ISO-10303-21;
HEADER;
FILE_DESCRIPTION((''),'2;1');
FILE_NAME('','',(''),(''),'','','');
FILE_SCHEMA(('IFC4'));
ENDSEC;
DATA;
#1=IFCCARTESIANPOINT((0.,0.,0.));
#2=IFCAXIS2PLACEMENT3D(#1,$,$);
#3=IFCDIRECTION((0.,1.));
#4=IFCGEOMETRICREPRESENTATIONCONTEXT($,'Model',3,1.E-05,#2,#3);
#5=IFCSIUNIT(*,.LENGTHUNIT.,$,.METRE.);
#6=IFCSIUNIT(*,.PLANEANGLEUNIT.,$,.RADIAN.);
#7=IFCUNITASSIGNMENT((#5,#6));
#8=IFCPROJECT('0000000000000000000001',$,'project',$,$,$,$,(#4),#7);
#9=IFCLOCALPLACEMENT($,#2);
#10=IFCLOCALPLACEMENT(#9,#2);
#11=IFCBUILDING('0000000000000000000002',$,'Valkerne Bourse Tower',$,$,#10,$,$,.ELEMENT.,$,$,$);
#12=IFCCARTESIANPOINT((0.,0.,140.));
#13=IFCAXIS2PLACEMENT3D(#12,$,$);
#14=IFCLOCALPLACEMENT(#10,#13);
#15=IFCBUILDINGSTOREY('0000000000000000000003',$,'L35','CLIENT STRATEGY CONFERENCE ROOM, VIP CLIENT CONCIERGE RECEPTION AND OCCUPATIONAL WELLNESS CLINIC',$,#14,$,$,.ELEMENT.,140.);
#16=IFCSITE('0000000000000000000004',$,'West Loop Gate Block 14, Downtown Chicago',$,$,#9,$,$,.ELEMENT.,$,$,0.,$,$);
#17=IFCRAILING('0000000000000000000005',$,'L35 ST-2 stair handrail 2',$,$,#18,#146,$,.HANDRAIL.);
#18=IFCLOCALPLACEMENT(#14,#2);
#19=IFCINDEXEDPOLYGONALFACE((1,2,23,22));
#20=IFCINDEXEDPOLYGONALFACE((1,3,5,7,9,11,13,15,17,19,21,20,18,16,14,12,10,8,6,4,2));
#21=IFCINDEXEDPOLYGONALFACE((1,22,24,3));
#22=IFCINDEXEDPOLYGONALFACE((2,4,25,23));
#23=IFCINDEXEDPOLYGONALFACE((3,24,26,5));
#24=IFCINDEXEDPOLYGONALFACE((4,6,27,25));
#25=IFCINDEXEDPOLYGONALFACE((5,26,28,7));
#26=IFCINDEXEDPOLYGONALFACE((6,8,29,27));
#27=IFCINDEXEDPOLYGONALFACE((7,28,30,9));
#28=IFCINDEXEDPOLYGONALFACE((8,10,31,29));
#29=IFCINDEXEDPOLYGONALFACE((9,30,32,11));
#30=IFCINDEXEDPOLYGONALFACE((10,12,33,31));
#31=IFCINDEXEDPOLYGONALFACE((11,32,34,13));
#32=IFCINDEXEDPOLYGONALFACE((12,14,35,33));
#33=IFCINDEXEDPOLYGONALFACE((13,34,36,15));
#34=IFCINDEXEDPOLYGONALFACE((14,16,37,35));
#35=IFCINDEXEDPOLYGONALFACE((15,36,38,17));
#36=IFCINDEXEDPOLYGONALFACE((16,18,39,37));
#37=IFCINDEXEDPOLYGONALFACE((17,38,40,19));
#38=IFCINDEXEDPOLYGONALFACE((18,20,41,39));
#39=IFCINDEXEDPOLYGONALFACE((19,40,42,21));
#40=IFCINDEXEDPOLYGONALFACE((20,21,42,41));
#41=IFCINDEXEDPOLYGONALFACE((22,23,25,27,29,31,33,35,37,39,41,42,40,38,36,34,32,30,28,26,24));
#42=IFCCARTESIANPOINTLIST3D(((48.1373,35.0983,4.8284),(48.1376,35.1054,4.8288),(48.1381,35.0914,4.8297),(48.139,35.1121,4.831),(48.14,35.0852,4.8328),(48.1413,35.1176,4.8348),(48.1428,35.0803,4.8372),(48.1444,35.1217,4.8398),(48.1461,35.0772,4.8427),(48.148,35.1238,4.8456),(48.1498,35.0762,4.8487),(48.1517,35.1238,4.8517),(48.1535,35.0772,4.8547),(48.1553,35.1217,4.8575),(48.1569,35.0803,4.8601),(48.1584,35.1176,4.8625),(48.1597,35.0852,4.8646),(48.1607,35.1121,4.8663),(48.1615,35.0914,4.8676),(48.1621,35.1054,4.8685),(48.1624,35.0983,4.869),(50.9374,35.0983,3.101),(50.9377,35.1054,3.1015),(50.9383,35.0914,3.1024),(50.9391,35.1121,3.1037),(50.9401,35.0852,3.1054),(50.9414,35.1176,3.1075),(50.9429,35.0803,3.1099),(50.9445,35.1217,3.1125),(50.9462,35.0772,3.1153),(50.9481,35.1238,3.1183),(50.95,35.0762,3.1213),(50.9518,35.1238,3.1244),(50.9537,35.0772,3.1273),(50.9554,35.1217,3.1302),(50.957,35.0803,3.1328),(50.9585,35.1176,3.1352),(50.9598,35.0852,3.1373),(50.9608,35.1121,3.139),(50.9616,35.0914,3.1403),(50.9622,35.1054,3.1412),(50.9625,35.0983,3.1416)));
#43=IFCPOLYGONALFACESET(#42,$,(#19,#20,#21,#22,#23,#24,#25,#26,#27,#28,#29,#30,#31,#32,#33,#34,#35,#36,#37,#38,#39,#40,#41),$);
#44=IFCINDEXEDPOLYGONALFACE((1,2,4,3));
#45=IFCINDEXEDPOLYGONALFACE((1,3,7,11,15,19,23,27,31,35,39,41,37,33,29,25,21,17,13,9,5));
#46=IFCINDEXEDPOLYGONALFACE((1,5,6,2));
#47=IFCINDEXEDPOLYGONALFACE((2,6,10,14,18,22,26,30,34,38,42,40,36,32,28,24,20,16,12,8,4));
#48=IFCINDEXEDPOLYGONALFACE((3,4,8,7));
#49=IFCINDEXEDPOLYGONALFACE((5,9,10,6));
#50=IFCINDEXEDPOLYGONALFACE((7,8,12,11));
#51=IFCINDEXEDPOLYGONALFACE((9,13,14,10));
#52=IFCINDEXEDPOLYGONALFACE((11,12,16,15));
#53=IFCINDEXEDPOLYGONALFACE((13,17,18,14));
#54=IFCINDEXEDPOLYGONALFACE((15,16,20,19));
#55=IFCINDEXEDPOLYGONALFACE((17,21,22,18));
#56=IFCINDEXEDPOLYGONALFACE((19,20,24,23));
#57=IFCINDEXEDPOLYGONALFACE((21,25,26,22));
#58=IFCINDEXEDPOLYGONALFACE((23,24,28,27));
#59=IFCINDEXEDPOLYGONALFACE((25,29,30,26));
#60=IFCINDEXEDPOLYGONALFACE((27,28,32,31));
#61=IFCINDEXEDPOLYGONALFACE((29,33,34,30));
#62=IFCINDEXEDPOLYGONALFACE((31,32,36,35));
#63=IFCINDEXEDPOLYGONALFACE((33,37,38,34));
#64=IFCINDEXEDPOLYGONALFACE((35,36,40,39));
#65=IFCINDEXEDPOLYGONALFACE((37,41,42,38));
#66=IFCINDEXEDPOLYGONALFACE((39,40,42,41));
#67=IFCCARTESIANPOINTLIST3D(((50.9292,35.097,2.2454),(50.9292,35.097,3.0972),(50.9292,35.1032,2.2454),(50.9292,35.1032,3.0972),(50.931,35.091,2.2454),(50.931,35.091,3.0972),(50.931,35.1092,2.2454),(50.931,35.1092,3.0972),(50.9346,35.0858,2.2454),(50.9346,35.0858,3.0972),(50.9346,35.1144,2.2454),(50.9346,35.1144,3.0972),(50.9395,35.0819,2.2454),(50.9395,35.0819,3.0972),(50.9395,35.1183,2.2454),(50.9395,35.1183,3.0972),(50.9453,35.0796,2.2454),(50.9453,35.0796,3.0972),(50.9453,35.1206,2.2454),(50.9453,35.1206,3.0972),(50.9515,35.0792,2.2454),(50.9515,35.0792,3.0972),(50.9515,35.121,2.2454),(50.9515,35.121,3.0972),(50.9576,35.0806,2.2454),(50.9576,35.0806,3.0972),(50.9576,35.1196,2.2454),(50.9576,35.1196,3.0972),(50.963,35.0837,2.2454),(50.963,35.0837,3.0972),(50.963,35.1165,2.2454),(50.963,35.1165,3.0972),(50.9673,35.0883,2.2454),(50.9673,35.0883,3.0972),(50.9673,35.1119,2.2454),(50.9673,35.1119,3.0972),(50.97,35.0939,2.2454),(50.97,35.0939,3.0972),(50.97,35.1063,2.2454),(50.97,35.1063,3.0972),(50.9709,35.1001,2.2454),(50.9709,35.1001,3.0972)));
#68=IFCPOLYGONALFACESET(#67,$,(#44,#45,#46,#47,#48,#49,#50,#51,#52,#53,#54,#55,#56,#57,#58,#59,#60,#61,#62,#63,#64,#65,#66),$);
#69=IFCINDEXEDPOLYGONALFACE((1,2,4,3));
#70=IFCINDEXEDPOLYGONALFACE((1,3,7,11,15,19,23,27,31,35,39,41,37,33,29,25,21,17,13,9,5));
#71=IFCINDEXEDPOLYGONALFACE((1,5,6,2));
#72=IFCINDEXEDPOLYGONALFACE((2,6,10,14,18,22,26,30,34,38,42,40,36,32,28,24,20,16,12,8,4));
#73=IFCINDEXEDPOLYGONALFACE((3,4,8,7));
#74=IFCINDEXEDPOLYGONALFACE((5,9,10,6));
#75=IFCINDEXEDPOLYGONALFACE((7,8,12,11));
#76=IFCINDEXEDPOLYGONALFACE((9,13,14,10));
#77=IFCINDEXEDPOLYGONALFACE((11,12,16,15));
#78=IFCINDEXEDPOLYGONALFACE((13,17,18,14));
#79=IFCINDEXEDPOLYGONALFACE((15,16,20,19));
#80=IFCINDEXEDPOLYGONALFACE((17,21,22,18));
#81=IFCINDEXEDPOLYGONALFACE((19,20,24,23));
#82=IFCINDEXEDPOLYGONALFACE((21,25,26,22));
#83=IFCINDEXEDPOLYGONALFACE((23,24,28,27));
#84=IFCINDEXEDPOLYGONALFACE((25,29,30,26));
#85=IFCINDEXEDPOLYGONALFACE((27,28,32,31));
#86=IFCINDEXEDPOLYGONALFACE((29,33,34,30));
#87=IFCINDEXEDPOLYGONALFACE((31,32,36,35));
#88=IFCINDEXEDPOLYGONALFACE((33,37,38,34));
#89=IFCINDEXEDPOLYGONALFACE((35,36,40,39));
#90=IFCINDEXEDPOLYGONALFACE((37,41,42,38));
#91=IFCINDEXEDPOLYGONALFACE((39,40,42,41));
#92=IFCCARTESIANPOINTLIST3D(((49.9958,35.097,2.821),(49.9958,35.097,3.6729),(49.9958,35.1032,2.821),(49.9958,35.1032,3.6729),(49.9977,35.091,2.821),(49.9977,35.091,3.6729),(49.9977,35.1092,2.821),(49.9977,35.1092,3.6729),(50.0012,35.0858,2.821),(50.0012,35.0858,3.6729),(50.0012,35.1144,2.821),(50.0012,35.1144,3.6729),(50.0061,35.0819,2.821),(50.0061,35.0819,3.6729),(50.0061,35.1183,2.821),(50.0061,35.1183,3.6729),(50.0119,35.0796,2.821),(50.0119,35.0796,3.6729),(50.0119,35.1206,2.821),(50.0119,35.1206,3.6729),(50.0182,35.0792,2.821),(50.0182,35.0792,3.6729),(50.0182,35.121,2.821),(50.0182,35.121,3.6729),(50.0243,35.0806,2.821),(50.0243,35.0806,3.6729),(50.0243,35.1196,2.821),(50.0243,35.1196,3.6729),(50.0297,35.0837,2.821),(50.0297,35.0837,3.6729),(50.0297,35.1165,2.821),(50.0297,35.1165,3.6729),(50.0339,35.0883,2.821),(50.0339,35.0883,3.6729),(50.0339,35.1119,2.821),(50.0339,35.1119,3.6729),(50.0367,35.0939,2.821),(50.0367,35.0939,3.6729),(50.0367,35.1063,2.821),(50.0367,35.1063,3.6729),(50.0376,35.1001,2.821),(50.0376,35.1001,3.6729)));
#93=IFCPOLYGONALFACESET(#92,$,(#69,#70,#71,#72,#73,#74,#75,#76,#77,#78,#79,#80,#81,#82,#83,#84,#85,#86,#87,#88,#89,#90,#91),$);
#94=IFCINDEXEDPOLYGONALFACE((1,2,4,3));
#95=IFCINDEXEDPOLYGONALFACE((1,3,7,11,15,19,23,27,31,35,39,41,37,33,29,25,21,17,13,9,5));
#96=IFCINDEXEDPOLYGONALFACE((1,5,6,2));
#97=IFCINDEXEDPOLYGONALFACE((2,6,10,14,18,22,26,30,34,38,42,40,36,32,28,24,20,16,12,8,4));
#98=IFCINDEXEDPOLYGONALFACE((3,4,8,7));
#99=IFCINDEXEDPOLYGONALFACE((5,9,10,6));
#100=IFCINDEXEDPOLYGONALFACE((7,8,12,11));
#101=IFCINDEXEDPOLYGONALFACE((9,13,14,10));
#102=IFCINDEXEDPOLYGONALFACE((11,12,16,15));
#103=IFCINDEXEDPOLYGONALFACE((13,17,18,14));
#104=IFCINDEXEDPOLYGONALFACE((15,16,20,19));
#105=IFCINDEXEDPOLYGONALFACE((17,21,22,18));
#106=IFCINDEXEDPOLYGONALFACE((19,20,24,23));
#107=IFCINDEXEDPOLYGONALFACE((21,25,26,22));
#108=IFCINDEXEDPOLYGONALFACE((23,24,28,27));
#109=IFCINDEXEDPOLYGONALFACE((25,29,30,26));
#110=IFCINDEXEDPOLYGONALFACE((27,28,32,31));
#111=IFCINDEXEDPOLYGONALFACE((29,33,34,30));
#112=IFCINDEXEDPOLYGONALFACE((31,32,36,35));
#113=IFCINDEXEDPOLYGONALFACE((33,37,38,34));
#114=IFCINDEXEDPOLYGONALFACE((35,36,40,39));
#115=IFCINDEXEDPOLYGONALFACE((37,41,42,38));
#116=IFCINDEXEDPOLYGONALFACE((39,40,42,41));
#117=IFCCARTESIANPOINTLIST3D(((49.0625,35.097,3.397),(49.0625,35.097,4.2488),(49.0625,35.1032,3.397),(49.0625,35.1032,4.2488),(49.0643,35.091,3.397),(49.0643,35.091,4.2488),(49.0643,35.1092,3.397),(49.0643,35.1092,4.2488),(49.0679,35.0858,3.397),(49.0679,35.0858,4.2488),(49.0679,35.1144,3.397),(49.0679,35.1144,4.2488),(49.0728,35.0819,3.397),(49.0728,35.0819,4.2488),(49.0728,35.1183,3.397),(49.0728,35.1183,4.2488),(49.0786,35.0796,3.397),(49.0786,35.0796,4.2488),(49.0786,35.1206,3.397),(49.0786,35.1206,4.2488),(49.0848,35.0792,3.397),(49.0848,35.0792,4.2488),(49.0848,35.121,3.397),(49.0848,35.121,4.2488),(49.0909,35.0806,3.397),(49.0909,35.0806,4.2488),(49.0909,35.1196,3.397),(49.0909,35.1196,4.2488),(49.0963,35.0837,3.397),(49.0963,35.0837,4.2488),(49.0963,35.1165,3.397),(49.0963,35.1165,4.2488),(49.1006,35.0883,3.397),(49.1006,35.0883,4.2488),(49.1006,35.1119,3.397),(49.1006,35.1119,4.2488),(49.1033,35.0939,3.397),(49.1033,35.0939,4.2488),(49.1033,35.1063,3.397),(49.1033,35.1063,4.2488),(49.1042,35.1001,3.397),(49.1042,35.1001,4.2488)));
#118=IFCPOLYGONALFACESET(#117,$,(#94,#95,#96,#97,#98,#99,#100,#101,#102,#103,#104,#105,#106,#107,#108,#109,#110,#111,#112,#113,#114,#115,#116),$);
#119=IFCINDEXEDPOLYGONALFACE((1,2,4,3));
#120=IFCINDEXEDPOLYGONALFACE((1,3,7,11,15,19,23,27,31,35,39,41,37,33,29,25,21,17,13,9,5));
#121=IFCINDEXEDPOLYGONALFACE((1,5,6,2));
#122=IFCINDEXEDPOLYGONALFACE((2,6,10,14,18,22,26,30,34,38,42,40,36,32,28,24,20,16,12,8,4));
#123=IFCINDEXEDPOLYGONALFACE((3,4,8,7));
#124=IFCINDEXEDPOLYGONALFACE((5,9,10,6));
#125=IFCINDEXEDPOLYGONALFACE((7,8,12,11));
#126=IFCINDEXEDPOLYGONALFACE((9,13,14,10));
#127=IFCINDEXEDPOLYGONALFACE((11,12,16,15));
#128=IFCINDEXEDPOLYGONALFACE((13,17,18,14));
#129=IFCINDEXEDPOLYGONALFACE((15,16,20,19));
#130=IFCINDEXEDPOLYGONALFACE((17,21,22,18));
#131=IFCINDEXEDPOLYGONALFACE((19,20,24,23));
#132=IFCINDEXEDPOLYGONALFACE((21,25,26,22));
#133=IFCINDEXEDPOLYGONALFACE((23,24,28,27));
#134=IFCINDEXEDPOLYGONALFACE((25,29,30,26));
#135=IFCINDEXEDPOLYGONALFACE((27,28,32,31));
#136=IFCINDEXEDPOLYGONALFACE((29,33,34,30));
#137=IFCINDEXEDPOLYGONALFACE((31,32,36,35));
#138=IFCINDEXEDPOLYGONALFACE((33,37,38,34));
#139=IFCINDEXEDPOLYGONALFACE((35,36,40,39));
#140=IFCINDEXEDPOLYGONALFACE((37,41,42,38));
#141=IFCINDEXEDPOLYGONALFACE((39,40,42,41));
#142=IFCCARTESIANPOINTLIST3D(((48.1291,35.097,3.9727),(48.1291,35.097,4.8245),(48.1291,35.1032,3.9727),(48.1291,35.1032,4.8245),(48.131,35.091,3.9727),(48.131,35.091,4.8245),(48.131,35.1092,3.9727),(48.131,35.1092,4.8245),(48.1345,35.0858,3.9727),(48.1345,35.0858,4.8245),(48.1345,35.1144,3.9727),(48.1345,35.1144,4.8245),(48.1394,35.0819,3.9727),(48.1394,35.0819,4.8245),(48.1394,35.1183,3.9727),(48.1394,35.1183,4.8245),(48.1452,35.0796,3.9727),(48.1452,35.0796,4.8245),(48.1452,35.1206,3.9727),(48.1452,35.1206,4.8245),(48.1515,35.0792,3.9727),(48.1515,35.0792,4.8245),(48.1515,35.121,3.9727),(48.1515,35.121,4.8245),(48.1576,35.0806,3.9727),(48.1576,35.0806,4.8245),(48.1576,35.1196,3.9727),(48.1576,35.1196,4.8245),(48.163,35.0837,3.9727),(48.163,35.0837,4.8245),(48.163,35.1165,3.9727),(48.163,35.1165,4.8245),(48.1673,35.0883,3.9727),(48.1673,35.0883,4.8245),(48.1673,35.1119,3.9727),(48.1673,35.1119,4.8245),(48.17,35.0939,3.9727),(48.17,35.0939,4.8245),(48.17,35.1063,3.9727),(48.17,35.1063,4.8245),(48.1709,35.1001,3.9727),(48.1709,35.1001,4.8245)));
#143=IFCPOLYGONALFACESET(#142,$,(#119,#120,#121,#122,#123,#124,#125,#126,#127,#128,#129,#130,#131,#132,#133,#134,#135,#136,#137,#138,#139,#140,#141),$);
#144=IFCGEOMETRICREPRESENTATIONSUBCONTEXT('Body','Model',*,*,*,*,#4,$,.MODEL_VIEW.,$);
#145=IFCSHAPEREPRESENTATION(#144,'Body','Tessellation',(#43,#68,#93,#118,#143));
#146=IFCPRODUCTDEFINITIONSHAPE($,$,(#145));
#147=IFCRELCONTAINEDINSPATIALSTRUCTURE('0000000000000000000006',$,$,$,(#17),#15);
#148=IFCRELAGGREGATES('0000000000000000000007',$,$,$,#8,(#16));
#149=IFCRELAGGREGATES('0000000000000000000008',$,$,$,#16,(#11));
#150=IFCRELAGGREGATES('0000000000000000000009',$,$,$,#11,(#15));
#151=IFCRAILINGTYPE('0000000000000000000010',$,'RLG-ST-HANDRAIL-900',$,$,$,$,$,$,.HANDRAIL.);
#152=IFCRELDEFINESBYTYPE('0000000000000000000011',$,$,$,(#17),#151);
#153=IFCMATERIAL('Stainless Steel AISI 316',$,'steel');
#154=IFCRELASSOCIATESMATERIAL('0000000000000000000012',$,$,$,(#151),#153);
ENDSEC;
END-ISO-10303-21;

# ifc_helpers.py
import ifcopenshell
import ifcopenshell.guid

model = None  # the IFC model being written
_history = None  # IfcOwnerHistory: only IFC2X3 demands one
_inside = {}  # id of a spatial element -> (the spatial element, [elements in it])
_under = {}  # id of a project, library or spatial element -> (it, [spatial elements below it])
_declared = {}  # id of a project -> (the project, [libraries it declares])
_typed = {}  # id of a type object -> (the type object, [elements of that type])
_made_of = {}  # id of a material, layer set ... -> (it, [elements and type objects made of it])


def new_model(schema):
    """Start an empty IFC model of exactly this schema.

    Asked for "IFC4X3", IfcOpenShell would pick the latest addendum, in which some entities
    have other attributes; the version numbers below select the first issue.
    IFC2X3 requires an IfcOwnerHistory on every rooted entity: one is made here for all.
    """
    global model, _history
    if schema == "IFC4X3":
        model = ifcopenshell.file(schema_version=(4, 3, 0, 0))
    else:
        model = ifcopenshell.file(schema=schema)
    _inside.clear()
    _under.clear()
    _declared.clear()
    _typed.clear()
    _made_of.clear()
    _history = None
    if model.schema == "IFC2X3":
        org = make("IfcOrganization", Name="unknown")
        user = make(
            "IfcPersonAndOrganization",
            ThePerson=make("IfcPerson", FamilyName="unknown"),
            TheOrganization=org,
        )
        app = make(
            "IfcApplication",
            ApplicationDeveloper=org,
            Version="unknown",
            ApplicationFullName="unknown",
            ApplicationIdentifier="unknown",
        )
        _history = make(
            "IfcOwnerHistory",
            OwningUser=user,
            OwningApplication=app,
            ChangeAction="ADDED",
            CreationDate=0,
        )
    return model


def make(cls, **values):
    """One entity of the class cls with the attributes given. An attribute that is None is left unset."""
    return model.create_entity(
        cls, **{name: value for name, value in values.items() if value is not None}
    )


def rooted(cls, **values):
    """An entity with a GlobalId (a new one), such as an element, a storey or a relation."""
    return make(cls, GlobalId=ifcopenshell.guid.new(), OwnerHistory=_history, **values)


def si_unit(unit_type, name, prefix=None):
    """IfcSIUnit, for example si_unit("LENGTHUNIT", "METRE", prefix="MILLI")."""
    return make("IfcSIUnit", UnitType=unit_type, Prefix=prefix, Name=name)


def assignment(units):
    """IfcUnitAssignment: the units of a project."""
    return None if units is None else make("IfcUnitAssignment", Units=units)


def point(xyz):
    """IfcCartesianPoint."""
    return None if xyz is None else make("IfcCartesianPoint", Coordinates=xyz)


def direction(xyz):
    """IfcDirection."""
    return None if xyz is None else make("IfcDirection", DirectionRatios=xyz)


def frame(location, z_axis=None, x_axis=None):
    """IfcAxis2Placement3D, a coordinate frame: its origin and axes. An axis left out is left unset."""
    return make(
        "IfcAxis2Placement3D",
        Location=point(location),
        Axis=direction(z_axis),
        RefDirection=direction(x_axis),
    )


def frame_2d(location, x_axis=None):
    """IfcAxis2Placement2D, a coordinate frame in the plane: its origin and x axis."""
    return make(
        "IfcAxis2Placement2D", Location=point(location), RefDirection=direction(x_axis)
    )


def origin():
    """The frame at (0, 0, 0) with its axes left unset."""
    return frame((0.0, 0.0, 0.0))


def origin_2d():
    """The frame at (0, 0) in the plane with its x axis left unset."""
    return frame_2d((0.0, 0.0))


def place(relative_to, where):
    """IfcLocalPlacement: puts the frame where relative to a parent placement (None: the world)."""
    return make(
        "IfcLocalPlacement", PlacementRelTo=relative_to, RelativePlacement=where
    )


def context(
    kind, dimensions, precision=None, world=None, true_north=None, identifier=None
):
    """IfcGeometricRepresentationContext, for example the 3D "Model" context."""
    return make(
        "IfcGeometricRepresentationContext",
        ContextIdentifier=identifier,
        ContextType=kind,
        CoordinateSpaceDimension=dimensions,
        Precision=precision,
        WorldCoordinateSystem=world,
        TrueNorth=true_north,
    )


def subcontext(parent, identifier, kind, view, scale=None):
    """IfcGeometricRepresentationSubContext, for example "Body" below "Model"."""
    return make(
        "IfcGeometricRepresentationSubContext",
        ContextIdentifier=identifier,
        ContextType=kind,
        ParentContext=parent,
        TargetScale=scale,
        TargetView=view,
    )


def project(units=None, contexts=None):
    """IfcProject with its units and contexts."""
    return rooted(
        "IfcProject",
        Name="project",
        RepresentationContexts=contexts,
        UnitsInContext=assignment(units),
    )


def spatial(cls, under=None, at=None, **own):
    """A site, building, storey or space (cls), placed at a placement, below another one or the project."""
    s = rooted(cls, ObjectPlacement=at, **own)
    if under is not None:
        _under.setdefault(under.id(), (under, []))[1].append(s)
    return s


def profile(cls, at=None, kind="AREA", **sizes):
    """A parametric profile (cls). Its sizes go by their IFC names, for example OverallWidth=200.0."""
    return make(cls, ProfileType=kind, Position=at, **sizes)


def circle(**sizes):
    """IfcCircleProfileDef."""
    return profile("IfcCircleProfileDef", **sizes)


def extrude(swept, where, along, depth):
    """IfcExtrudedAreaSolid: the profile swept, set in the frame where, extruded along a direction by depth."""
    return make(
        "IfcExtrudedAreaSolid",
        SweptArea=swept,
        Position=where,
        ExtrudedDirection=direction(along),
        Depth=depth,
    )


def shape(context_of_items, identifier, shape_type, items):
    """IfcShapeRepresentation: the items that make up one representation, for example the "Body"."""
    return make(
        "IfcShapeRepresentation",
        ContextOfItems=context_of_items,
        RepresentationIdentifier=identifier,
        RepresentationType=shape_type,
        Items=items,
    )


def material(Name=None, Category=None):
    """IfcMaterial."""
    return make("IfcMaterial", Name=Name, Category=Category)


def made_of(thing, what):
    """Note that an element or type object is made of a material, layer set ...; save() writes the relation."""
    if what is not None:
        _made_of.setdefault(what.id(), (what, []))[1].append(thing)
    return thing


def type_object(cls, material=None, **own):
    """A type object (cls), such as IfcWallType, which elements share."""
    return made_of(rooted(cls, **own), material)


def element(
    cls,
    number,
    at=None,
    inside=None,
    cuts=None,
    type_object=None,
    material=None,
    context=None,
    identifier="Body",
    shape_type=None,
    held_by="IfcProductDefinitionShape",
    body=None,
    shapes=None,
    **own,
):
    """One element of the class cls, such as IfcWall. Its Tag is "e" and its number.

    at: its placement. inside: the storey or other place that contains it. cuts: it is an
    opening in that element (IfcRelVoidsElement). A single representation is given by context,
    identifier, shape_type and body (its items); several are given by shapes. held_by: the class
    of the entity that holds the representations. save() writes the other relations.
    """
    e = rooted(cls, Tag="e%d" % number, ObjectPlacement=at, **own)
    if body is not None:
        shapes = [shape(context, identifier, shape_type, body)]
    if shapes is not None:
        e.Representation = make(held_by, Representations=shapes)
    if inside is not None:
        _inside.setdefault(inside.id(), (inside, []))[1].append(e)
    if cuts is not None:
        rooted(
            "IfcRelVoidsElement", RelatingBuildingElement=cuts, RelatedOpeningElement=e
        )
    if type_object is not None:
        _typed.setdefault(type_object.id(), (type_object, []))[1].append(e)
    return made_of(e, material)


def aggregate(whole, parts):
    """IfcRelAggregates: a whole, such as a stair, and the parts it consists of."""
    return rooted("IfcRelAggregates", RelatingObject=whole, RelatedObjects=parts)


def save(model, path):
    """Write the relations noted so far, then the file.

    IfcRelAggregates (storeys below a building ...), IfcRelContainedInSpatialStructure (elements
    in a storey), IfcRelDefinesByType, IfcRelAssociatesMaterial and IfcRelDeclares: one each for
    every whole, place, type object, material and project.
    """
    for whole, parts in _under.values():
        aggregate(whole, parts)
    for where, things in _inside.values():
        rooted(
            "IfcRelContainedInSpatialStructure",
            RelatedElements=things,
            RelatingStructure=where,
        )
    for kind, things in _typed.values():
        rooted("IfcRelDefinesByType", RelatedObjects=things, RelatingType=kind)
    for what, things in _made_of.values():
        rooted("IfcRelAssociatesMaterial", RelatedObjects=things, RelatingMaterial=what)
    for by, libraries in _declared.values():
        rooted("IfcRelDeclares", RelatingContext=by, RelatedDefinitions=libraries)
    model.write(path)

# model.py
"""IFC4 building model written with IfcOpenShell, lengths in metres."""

from ifc_helpers import new_model, si_unit, direction, frame, origin, origin_2d, place, context, subcontext, project, spatial, circle, extrude, material, type_object, element, save


model = new_model("IFC4")

# Units and contexts
model_context = context("Model", 3, precision=1e-05, world=origin(), true_north=direction((0.0, 1.0)))
body_context = subcontext(model_context, "Body", "Model", "MODEL_VIEW")
ifc_project = project(units=[si_unit("LENGTHUNIT", "METRE"), si_unit("PLANEANGLEUNIT", "RADIAN")], contexts=[model_context])

# Site, building, storey
site_placement = place(None, origin())
site = spatial("IfcSite", under=ifc_project, at=site_placement, Name="West Loop Gate Block 14, Downtown Chicago", CompositionType="ELEMENT", RefElevation=0.0)
building_placement = place(site_placement, origin())
building = spatial("IfcBuilding", under=site, at=building_placement, Name="Valkerne Bourse Tower", CompositionType="ELEMENT")
storey_placement = place(building_placement, frame((0.0, 0.0, 140.0)))
storey = spatial("IfcBuildingStorey", under=building, at=storey_placement, Name="L35", Description="CLIENT STRATEGY CONFERENCE ROOM, VIP CLIENT CONCIERGE RECEPTION AND OCCUPATIONAL WELLNESS CLINIC", CompositionType="ELEMENT", Elevation=140.0)

# Shared definitions
ifc_material_1 = material(Name="Stainless Steel AISI 316", Category="steel")

# Railing
railing_type_1 = type_object("IfcRailingType", Name="RLG-ST-HANDRAIL-900", PredefinedType="HANDRAIL", material=ifc_material_1)
railing_1_placement = place(storey_placement, frame((50.95, 35.1001, 2.2454)))
element("IfcRailing", 1, at=railing_1_placement, inside=storey, type_object=railing_type_1, Name="L35 ST-2 stair handrail 2", PredefinedType="HANDRAIL", context=body_context, shape_type="SweptSolid", body=[
    extrude(circle(Radius=0.0239, at=origin_2d()), frame((0.0, 0.0, 0.876), z_axis=(-0.85109, 0.0, 0.52502), x_axis=(0.0, -1.0, 0.0)), (0.0, 0.0, 1.0), 3.29),
    extrude(circle(Radius=0.021, at=origin_2d()), origin(), (0.0, 0.0, 1.0), 0.8518),
    extrude(circle(Radius=0.021, at=origin_2d()), frame((-0.9333, 0.0, 0.5757)), (0.0, 0.0, 1.0), 0.8518),
    extrude(circle(Radius=0.021, at=origin_2d()), frame((-1.8667, 0.0, 1.1516)), (0.0, 0.0, 1.0), 0.8518),
    extrude(circle(Radius=0.021, at=origin_2d()), frame((-2.8, 0.0, 1.7273)), (0.0, 0.0, 1.0), 0.8518),
])

save(model, "model.ifc")
